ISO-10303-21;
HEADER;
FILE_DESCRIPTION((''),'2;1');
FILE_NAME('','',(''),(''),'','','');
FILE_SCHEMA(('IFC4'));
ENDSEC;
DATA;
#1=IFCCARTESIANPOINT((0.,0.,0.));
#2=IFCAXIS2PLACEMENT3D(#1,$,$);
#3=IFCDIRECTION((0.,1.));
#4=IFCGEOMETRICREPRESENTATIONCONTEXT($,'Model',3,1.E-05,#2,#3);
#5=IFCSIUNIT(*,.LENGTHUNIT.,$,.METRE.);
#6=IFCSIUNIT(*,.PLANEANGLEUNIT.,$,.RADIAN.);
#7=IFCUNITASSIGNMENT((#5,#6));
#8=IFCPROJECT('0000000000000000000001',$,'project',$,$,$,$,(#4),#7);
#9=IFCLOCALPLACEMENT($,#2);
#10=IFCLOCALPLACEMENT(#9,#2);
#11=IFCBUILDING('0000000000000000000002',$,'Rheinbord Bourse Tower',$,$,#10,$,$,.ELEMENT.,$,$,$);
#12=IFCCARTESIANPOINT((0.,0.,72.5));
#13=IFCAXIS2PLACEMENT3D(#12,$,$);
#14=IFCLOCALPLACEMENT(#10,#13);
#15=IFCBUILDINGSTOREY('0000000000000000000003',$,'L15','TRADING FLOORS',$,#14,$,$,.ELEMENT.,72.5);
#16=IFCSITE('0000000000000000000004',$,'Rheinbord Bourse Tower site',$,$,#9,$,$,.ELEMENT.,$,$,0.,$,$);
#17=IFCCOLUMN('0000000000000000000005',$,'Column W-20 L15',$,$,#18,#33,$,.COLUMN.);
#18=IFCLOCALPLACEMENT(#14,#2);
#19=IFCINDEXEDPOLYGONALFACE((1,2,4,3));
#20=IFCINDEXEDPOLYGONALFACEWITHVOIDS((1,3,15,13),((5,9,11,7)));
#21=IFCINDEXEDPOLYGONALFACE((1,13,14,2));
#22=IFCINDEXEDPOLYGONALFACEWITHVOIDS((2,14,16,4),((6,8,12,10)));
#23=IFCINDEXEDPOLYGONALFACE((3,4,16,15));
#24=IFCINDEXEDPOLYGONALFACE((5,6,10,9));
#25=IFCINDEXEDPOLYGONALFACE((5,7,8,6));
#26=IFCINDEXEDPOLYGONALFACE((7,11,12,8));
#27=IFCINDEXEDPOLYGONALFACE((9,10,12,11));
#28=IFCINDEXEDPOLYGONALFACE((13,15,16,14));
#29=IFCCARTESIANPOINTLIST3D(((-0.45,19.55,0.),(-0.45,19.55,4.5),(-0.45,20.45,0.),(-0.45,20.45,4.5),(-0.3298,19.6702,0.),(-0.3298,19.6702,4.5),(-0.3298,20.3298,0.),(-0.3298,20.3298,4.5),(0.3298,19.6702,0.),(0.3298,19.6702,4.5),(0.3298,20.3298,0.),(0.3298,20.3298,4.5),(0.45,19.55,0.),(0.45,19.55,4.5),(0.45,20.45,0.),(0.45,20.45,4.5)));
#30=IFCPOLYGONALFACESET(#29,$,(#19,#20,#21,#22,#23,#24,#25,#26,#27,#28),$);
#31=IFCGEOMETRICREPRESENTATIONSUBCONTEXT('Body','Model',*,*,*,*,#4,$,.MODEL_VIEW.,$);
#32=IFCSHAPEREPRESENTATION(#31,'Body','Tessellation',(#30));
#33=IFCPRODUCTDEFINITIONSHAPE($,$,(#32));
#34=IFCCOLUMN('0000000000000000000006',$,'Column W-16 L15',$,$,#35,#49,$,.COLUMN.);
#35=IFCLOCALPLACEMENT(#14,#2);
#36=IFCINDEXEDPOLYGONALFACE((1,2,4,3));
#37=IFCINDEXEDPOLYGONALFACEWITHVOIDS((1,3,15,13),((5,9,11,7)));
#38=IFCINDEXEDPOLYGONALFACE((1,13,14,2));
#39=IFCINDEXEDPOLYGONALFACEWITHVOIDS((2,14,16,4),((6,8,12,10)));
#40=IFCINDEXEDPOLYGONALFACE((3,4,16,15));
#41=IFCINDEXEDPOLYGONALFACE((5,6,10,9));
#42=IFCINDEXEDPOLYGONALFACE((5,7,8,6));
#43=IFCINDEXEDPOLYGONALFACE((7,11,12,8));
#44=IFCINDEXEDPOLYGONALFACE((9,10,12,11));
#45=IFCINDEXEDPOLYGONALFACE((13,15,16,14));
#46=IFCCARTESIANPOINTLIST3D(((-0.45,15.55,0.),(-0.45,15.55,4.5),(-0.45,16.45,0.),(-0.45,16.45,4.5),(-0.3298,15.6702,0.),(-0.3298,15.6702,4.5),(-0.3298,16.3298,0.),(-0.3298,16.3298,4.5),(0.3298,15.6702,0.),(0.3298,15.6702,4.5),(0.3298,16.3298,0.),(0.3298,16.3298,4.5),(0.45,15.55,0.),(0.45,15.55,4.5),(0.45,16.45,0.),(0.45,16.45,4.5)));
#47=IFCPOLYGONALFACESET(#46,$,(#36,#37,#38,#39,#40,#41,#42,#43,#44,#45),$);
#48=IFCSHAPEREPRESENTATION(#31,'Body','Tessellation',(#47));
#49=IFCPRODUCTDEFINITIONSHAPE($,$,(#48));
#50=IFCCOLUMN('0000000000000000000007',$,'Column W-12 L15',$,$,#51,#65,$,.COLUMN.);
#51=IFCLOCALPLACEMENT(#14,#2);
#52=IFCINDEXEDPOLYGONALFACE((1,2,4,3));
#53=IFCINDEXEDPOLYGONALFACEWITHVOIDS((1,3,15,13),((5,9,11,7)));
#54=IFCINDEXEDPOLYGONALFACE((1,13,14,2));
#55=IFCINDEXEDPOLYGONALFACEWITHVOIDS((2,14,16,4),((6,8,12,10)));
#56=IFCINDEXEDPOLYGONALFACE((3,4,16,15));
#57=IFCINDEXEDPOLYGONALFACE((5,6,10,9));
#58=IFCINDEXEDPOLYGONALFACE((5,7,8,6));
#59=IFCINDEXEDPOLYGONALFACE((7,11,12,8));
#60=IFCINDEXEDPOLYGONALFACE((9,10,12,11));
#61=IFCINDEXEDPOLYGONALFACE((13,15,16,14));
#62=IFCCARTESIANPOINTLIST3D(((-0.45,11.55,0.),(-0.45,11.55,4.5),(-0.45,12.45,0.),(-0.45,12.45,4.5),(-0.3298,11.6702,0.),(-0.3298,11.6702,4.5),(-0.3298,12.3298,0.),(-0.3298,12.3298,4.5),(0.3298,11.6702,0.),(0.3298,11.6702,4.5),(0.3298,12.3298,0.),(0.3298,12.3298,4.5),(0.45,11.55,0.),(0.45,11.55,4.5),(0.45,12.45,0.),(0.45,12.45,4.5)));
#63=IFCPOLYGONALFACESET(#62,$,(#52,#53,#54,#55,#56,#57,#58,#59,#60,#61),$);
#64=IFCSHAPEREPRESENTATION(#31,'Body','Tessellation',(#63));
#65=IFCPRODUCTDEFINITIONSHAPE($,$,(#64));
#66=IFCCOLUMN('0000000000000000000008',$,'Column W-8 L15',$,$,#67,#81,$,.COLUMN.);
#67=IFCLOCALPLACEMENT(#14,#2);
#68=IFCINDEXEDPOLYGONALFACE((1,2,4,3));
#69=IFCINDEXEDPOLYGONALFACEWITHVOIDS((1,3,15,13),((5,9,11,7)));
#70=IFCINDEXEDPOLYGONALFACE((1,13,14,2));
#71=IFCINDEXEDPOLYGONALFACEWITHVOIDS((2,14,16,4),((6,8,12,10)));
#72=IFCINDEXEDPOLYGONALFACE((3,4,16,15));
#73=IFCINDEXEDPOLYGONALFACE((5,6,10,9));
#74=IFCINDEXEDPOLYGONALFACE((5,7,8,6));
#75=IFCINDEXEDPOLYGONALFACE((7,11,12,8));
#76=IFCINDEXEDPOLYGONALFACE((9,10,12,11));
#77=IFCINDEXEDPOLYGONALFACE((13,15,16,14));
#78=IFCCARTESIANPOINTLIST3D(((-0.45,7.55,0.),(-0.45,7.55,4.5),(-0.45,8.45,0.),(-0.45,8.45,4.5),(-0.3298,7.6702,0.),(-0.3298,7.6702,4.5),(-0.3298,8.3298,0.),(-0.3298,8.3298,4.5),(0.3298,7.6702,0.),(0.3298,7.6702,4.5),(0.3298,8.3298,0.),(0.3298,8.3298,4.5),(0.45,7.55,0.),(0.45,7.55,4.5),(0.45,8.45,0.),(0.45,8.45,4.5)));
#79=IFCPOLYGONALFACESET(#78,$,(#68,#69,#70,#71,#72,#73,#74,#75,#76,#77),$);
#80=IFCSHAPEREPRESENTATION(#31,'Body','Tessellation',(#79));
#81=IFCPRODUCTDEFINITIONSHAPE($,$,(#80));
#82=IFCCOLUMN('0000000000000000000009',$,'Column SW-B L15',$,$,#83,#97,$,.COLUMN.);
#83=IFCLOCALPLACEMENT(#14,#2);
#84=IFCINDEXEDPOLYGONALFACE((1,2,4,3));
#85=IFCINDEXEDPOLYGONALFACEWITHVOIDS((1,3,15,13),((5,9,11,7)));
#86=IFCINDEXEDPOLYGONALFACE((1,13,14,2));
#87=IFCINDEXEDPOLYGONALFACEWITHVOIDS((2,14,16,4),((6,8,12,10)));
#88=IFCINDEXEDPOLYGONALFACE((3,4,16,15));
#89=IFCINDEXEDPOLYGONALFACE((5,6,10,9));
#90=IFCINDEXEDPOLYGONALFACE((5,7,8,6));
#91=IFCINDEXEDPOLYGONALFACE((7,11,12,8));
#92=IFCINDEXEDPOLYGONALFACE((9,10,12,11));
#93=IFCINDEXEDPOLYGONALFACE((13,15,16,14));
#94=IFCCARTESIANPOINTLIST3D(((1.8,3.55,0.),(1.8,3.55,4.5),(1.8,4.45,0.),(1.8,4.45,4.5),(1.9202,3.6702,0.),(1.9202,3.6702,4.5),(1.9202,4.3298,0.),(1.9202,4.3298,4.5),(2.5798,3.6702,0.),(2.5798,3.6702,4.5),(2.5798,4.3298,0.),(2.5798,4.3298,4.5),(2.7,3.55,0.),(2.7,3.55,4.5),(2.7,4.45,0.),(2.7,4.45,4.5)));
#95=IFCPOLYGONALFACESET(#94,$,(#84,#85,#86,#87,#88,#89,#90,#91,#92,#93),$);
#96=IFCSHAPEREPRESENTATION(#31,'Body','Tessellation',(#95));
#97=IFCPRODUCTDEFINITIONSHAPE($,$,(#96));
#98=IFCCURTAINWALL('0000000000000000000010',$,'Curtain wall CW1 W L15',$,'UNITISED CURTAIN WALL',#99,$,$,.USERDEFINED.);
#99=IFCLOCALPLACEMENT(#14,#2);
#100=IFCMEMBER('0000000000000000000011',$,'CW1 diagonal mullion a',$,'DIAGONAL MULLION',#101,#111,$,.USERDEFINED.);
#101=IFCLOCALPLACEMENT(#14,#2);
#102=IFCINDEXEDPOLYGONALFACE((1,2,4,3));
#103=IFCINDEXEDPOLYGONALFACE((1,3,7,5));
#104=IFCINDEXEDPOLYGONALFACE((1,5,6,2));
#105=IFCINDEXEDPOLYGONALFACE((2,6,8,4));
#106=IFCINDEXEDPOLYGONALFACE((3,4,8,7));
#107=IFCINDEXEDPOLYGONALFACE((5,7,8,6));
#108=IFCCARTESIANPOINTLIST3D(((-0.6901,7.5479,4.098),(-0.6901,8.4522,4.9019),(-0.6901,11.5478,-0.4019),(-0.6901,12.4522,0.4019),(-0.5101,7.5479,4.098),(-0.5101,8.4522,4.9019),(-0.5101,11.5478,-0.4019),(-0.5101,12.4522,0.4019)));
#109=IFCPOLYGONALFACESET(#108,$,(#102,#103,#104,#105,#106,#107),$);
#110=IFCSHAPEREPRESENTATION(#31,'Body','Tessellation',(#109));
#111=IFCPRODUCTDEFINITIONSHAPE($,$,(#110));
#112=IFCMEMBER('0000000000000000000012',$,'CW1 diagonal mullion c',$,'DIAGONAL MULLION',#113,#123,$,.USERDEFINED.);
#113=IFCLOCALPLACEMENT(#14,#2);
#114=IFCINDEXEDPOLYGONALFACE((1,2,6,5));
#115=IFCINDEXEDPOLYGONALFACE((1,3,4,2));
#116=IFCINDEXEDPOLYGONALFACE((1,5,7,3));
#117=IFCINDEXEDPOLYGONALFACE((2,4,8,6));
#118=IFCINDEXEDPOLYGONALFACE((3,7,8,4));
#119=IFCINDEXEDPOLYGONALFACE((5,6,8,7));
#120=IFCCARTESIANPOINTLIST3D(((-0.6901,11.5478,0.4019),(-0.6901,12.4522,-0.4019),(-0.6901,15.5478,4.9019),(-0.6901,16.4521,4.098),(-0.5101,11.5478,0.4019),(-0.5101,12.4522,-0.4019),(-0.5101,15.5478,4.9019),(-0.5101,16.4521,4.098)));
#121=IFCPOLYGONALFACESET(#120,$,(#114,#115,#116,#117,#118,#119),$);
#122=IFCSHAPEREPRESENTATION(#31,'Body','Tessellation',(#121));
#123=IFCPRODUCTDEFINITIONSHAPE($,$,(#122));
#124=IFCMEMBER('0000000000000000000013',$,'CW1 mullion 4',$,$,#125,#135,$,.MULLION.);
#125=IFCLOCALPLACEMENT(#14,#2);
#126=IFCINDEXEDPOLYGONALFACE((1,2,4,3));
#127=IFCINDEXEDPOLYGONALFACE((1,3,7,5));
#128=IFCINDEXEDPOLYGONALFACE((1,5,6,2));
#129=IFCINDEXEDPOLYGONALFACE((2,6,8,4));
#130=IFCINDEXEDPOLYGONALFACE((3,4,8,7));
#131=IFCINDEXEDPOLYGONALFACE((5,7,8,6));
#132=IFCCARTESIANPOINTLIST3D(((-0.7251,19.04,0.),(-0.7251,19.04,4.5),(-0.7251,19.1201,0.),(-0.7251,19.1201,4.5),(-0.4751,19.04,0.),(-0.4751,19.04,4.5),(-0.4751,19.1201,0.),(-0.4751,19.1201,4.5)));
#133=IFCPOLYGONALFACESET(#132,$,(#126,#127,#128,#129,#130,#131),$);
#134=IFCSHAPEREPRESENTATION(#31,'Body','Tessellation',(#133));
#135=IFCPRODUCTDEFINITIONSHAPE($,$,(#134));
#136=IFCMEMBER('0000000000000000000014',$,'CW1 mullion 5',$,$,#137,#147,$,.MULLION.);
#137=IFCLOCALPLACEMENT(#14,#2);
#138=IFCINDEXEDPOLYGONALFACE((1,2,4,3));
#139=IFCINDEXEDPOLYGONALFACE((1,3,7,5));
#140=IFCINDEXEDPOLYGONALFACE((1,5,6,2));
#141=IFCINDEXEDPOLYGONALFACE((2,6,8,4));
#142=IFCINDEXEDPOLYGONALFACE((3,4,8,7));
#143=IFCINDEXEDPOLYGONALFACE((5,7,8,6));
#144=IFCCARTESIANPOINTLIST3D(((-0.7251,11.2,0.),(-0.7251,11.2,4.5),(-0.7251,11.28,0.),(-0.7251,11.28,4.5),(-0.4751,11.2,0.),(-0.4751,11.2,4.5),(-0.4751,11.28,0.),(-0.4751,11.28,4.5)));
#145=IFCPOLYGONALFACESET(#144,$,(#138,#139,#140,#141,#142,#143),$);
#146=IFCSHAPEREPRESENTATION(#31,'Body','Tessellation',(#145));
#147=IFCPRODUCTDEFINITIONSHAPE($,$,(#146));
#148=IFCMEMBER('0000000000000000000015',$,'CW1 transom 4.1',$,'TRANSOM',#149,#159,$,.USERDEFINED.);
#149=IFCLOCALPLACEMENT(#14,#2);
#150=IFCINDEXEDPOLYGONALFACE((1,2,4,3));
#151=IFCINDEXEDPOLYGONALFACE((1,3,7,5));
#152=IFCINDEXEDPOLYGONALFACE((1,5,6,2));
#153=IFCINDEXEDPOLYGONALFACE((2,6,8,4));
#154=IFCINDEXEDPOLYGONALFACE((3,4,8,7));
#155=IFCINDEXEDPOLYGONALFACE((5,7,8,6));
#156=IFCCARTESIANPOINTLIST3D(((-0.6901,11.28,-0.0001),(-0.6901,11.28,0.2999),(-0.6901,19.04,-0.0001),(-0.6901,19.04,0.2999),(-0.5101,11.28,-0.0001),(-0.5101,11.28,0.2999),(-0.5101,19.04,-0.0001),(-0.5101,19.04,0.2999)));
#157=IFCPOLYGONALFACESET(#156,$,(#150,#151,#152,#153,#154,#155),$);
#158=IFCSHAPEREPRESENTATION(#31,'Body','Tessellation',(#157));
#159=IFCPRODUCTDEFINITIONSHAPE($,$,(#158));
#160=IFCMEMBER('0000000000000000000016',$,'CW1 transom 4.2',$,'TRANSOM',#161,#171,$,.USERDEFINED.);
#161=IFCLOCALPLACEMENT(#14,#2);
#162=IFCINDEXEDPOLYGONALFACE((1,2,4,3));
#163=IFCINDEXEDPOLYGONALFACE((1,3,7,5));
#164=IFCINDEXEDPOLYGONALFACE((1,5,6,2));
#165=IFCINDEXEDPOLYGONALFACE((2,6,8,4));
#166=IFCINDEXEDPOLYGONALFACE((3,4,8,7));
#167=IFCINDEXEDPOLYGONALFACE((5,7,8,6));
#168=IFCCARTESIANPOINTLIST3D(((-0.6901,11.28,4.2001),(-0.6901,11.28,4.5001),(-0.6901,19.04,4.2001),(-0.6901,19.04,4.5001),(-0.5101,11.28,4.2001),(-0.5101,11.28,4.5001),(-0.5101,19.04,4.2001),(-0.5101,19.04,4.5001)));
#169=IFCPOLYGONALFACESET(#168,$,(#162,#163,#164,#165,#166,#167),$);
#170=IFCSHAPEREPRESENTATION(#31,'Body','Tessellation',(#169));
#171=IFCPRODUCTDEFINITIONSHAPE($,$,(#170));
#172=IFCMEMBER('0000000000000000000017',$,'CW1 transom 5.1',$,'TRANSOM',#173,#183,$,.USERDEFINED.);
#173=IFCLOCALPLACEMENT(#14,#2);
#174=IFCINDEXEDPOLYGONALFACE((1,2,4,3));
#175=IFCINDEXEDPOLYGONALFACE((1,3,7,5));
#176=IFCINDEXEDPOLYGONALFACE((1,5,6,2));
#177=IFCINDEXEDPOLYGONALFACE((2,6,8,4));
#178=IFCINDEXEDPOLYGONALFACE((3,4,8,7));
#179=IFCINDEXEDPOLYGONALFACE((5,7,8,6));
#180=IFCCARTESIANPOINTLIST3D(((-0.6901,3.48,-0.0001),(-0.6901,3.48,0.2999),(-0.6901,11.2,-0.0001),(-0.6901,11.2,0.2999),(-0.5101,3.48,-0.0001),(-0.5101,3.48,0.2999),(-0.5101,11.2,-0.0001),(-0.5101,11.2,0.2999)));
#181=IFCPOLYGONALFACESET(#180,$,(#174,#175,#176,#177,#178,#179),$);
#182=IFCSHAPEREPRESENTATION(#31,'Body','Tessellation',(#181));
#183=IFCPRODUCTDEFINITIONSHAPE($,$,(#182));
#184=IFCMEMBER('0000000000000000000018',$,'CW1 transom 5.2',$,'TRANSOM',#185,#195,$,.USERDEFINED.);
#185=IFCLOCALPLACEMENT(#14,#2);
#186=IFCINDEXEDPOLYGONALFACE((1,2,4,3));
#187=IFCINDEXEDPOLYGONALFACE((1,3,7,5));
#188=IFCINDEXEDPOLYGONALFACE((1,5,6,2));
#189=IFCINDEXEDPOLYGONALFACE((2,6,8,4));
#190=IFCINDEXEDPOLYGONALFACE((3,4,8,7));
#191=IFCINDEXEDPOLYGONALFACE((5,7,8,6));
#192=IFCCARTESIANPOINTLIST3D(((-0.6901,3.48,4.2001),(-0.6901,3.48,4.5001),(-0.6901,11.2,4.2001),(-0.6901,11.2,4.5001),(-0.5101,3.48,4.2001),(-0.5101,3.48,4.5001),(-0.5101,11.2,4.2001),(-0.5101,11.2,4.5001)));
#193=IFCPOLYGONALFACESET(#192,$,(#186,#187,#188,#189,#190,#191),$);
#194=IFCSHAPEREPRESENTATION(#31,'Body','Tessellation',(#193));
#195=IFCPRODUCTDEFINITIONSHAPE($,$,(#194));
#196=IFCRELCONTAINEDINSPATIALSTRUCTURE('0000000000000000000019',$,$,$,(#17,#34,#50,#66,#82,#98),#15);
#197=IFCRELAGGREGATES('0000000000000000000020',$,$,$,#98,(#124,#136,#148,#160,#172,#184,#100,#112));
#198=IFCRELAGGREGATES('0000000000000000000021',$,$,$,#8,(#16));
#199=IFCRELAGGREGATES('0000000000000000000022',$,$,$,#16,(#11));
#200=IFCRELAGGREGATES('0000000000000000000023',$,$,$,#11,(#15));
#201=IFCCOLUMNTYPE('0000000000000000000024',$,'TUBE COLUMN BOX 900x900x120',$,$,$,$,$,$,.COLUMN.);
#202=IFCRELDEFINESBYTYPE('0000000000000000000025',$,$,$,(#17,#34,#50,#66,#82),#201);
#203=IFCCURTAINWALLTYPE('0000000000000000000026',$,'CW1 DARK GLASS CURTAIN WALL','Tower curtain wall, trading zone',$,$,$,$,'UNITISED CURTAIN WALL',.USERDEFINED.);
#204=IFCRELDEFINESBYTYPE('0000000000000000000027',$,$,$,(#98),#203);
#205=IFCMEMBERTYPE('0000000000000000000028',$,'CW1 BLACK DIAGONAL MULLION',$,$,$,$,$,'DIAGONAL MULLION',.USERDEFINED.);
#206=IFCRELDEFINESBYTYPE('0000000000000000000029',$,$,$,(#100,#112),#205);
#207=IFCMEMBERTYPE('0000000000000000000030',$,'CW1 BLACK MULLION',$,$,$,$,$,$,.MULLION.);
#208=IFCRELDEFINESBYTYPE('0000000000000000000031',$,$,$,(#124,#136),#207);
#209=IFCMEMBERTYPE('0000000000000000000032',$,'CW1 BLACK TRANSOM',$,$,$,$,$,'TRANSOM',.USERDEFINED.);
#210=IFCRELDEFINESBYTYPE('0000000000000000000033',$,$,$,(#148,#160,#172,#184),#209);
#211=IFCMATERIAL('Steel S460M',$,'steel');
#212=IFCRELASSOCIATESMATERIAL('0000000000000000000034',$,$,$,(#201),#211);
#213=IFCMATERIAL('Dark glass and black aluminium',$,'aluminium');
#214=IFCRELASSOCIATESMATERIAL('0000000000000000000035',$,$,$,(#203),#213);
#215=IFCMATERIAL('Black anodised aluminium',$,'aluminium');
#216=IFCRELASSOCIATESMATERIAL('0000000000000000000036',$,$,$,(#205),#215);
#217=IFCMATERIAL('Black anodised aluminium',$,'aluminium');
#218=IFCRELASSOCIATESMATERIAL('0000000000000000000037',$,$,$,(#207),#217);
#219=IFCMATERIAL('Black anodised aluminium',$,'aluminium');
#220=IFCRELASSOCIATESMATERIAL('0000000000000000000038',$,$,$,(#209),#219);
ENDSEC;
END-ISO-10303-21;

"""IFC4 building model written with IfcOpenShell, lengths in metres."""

from ifc_helpers import new_model, si_unit, direction, frame, origin, origin_2d, place, context, subcontext, project, spatial, rectangle, hollow_rectangle, extrude, material, material_profile, profile_set, type_object, element, aggregate, save


model = new_model("IFC4")

# Units and contexts
model_context = context("Model", 3, precision=1e-05, world=origin(), true_north=direction((0.0, 1.0)))
body_context = subcontext(model_context, "Body", "Model", "MODEL_VIEW")
ifc_project = project(units=[si_unit("LENGTHUNIT", "METRE"), si_unit("PLANEANGLEUNIT", "RADIAN")], contexts=[model_context])

# Site, building, storey
site_placement = place(None, origin())
site = spatial("IfcSite", under=ifc_project, at=site_placement, Name="Rheinbord Bourse Tower site", CompositionType="ELEMENT", RefElevation=0.0)
building_placement = place(site_placement, origin())
building = spatial("IfcBuilding", under=site, at=building_placement, Name="Rheinbord Bourse Tower", CompositionType="ELEMENT")
storey_placement = place(building_placement, frame((0.0, 0.0, 72.5)))
storey = spatial("IfcBuildingStorey", under=building, at=storey_placement, Name="L15", Description="TRADING FLOORS", CompositionType="ELEMENT", Elevation=72.5)

# Columns
ifc_material_1 = material(Name="Steel S460M", Category="steel")
ifc_material_profile_1 = material_profile(ifc_material_1, hollow_rectangle(XDim=0.8999, YDim=0.8999, WallThickness=0.1201, at=origin_2d()), Name="BOX 900x900x120")
ifc_profile_set_1 = profile_set([ifc_material_profile_1], Name="Steel S460M")
column_type = type_object("IfcColumnType", Name="TUBE COLUMN BOX 900x900x120", PredefinedType="COLUMN", material=ifc_profile_set_1)
for number, where, z_axis, x_axis, name in (
    (1, (0.0, 20.0, 0.0), (0.0, 0.0, 1.0), (1.0, 0.0, 0.0), "Column W-20 L15"),
    (2, (0.0, 16.0, 0.0), (0.0, 0.0, 1.0), (1.0, 0.0, 0.0), "Column W-16 L15"),
    (3, (0.0, 12.0, 0.0), (0.0, 0.0, 1.0), (1.0, 0.0, 0.0), "Column W-12 L15"),
    (4, (0.0, 8.0, 0.0), (0.0, 0.0, 1.0), (1.0, 0.0, 0.0), "Column W-8 L15"),
    (5, (2.25, 4.0, 0.0), (0.0, 0.0, 1.0), (1.0, 0.0, 0.0), "Column SW-B L15"),
):
    element("IfcColumn", number, at=place(storey_placement, frame(where, z_axis=z_axis, x_axis=x_axis)), inside=storey, type_object=column_type, Name=name, PredefinedType="COLUMN", context=body_context, shape_type="SweptSolid", body=[
        extrude(hollow_rectangle(XDim=0.8999, YDim=0.8999, WallThickness=0.1201, at=origin_2d()), origin(), (0.0, 0.0, 1.0), 4.5),
    ])

# Curtain wall, members
ifc_material_2 = material(Name="Dark glass and black aluminium", Category="aluminium")
curtain_wall_type = type_object("IfcCurtainWallType", Name="CW1 DARK GLASS CURTAIN WALL", Description="Tower curtain wall, trading zone", ElementType="UNITISED CURTAIN WALL", PredefinedType="USERDEFINED", material=ifc_material_2)
curtain_wall_placement = place(storey_placement, origin())
curtain_wall = element("IfcCurtainWall", 6, at=curtain_wall_placement, inside=storey, type_object=curtain_wall_type, Name="Curtain wall CW1 W L15", ObjectType="UNITISED CURTAIN WALL", PredefinedType="USERDEFINED")
ifc_material_3 = material(Name="Black anodised aluminium", Category="aluminium")
ifc_material_profile_2 = material_profile(ifc_material_3, rectangle(XDim=0.1799, YDim=1.21, at=origin_2d()), Name="CW1 DIAGONAL MULLION 1210x180")
ifc_profile_set_2 = profile_set([ifc_material_profile_2], Name="Black anodised aluminium")
member_type_1 = type_object("IfcMemberType", Name="CW1 BLACK DIAGONAL MULLION", ElementType="DIAGONAL MULLION", PredefinedType="USERDEFINED", material=ifc_profile_set_2)
member_1_placement = place(storey_placement, frame((-0.6001, 12.0, 0.0), z_axis=(0.0, -0.664364, 0.747409), x_axis=(1.0, 0.0, 0.0)))
member_1 = element("IfcMember", 7, at=member_1_placement, type_object=member_type_1, Name="CW1 diagonal mullion a", ObjectType="DIAGONAL MULLION", PredefinedType="USERDEFINED", context=body_context, shape_type="SweptSolid", body=[
    extrude(rectangle(XDim=0.1799, YDim=1.21, at=origin_2d()), origin(), (0.0, 0.0, 1.0), 6.0208),
])
member_2_placement = place(storey_placement, frame((-0.6001, 12.0, 0.0), z_axis=(0.0, 0.664364, 0.747409), x_axis=(-1.0, 0.0, 0.0)))
member_2 = element("IfcMember", 8, at=member_2_placement, type_object=member_type_1, Name="CW1 diagonal mullion c", ObjectType="DIAGONAL MULLION", PredefinedType="USERDEFINED", context=body_context, shape_type="SweptSolid", body=[
    extrude(rectangle(XDim=0.1799, YDim=1.21, at=origin_2d()), origin(), (0.0, 0.0, 1.0), 6.0208),
])
ifc_material_4 = material(Name="Black anodised aluminium", Category="aluminium")
ifc_material_profile_3 = material_profile(ifc_material_4, rectangle(XDim=0.25, YDim=0.0801, at=origin_2d()), Name="CW1 MULLION 80x250")
ifc_profile_set_3 = profile_set([ifc_material_profile_3], Name="Black anodised aluminium")
member_type_2 = type_object("IfcMemberType", Name="CW1 BLACK MULLION", PredefinedType="MULLION", material=ifc_profile_set_3)
member_3_placement = place(storey_placement, frame((-0.6001, 19.0801, 0.0), z_axis=(0.0, 0.0, 1.0), x_axis=(1.0, 0.0, 0.0)))
member_3 = element("IfcMember", 9, at=member_3_placement, type_object=member_type_2, Name="CW1 mullion 4", PredefinedType="MULLION", context=body_context, shape_type="SweptSolid", body=[
    extrude(rectangle(XDim=0.25, YDim=0.0801, at=origin_2d()), origin(), (0.0, 0.0, 1.0), 4.5),
])
member_4_placement = place(storey_placement, frame((-0.6001, 11.24, 0.0), z_axis=(0.0, 0.0, 1.0), x_axis=(1.0, 0.0, 0.0)))
member_4 = element("IfcMember", 10, at=member_4_placement, type_object=member_type_2, Name="CW1 mullion 5", PredefinedType="MULLION", context=body_context, shape_type="SweptSolid", body=[
    extrude(rectangle(XDim=0.25, YDim=0.0801, at=origin_2d()), origin(), (0.0, 0.0, 1.0), 4.5),
])
ifc_material_5 = material(Name="Black anodised aluminium", Category="aluminium")
ifc_material_profile_4 = material_profile(ifc_material_5, rectangle(XDim=0.1799, YDim=0.3, at=origin_2d()), Name="CW1 TRANSOM 300x180")
ifc_profile_set_4 = profile_set([ifc_material_profile_4], Name="Black anodised aluminium")
member_type_3 = type_object("IfcMemberType", Name="CW1 BLACK TRANSOM", ElementType="TRANSOM", PredefinedType="USERDEFINED", material=ifc_profile_set_4)
member_5_placement = place(storey_placement, frame((-0.6001, 19.04, 0.1499), z_axis=(0.0, -1.0, 0.0), x_axis=(1.0, 0.0, 0.0)))
member_5 = element("IfcMember", 11, at=member_5_placement, type_object=member_type_3, Name="CW1 transom 4.1", ObjectType="TRANSOM", PredefinedType="USERDEFINED", context=body_context, shape_type="SweptSolid", body=[
    extrude(rectangle(XDim=0.1799, YDim=0.3, at=origin_2d()), origin(), (0.0, 0.0, 1.0), 7.76),
])
member_6_placement = place(storey_placement, frame((-0.6001, 19.04, 4.3501), z_axis=(0.0, -1.0, 0.0), x_axis=(1.0, 0.0, 0.0)))
member_6 = element("IfcMember", 12, at=member_6_placement, type_object=member_type_3, Name="CW1 transom 4.2", ObjectType="TRANSOM", PredefinedType="USERDEFINED", context=body_context, shape_type="SweptSolid", body=[
    extrude(rectangle(XDim=0.1799, YDim=0.3, at=origin_2d()), origin(), (0.0, 0.0, 1.0), 7.76),
])
member_7_placement = place(storey_placement, frame((-0.6001, 11.2, 0.1499), z_axis=(0.0, -1.0, 0.0), x_axis=(1.0, 0.0, 0.0)))
member_7 = element("IfcMember", 13, at=member_7_placement, type_object=member_type_3, Name="CW1 transom 5.1", ObjectType="TRANSOM", PredefinedType="USERDEFINED", context=body_context, shape_type="SweptSolid", body=[
    extrude(rectangle(XDim=0.1799, YDim=0.3, at=origin_2d()), origin(), (0.0, 0.0, 1.0), 7.72),
])
member_8_placement = place(storey_placement, frame((-0.6001, 11.2, 4.3501), z_axis=(0.0, -1.0, 0.0), x_axis=(1.0, 0.0, 0.0)))
member_8 = element("IfcMember", 14, at=member_8_placement, type_object=member_type_3, Name="CW1 transom 5.2", ObjectType="TRANSOM", PredefinedType="USERDEFINED", context=body_context, shape_type="SweptSolid", body=[
    extrude(rectangle(XDim=0.1799, YDim=0.3, at=origin_2d()), origin(), (0.0, 0.0, 1.0), 7.72),
])

aggregate(curtain_wall, [member_3, member_4, member_5, member_6, member_7, member_8, member_1, member_2])

save(model, "model.ifc")
